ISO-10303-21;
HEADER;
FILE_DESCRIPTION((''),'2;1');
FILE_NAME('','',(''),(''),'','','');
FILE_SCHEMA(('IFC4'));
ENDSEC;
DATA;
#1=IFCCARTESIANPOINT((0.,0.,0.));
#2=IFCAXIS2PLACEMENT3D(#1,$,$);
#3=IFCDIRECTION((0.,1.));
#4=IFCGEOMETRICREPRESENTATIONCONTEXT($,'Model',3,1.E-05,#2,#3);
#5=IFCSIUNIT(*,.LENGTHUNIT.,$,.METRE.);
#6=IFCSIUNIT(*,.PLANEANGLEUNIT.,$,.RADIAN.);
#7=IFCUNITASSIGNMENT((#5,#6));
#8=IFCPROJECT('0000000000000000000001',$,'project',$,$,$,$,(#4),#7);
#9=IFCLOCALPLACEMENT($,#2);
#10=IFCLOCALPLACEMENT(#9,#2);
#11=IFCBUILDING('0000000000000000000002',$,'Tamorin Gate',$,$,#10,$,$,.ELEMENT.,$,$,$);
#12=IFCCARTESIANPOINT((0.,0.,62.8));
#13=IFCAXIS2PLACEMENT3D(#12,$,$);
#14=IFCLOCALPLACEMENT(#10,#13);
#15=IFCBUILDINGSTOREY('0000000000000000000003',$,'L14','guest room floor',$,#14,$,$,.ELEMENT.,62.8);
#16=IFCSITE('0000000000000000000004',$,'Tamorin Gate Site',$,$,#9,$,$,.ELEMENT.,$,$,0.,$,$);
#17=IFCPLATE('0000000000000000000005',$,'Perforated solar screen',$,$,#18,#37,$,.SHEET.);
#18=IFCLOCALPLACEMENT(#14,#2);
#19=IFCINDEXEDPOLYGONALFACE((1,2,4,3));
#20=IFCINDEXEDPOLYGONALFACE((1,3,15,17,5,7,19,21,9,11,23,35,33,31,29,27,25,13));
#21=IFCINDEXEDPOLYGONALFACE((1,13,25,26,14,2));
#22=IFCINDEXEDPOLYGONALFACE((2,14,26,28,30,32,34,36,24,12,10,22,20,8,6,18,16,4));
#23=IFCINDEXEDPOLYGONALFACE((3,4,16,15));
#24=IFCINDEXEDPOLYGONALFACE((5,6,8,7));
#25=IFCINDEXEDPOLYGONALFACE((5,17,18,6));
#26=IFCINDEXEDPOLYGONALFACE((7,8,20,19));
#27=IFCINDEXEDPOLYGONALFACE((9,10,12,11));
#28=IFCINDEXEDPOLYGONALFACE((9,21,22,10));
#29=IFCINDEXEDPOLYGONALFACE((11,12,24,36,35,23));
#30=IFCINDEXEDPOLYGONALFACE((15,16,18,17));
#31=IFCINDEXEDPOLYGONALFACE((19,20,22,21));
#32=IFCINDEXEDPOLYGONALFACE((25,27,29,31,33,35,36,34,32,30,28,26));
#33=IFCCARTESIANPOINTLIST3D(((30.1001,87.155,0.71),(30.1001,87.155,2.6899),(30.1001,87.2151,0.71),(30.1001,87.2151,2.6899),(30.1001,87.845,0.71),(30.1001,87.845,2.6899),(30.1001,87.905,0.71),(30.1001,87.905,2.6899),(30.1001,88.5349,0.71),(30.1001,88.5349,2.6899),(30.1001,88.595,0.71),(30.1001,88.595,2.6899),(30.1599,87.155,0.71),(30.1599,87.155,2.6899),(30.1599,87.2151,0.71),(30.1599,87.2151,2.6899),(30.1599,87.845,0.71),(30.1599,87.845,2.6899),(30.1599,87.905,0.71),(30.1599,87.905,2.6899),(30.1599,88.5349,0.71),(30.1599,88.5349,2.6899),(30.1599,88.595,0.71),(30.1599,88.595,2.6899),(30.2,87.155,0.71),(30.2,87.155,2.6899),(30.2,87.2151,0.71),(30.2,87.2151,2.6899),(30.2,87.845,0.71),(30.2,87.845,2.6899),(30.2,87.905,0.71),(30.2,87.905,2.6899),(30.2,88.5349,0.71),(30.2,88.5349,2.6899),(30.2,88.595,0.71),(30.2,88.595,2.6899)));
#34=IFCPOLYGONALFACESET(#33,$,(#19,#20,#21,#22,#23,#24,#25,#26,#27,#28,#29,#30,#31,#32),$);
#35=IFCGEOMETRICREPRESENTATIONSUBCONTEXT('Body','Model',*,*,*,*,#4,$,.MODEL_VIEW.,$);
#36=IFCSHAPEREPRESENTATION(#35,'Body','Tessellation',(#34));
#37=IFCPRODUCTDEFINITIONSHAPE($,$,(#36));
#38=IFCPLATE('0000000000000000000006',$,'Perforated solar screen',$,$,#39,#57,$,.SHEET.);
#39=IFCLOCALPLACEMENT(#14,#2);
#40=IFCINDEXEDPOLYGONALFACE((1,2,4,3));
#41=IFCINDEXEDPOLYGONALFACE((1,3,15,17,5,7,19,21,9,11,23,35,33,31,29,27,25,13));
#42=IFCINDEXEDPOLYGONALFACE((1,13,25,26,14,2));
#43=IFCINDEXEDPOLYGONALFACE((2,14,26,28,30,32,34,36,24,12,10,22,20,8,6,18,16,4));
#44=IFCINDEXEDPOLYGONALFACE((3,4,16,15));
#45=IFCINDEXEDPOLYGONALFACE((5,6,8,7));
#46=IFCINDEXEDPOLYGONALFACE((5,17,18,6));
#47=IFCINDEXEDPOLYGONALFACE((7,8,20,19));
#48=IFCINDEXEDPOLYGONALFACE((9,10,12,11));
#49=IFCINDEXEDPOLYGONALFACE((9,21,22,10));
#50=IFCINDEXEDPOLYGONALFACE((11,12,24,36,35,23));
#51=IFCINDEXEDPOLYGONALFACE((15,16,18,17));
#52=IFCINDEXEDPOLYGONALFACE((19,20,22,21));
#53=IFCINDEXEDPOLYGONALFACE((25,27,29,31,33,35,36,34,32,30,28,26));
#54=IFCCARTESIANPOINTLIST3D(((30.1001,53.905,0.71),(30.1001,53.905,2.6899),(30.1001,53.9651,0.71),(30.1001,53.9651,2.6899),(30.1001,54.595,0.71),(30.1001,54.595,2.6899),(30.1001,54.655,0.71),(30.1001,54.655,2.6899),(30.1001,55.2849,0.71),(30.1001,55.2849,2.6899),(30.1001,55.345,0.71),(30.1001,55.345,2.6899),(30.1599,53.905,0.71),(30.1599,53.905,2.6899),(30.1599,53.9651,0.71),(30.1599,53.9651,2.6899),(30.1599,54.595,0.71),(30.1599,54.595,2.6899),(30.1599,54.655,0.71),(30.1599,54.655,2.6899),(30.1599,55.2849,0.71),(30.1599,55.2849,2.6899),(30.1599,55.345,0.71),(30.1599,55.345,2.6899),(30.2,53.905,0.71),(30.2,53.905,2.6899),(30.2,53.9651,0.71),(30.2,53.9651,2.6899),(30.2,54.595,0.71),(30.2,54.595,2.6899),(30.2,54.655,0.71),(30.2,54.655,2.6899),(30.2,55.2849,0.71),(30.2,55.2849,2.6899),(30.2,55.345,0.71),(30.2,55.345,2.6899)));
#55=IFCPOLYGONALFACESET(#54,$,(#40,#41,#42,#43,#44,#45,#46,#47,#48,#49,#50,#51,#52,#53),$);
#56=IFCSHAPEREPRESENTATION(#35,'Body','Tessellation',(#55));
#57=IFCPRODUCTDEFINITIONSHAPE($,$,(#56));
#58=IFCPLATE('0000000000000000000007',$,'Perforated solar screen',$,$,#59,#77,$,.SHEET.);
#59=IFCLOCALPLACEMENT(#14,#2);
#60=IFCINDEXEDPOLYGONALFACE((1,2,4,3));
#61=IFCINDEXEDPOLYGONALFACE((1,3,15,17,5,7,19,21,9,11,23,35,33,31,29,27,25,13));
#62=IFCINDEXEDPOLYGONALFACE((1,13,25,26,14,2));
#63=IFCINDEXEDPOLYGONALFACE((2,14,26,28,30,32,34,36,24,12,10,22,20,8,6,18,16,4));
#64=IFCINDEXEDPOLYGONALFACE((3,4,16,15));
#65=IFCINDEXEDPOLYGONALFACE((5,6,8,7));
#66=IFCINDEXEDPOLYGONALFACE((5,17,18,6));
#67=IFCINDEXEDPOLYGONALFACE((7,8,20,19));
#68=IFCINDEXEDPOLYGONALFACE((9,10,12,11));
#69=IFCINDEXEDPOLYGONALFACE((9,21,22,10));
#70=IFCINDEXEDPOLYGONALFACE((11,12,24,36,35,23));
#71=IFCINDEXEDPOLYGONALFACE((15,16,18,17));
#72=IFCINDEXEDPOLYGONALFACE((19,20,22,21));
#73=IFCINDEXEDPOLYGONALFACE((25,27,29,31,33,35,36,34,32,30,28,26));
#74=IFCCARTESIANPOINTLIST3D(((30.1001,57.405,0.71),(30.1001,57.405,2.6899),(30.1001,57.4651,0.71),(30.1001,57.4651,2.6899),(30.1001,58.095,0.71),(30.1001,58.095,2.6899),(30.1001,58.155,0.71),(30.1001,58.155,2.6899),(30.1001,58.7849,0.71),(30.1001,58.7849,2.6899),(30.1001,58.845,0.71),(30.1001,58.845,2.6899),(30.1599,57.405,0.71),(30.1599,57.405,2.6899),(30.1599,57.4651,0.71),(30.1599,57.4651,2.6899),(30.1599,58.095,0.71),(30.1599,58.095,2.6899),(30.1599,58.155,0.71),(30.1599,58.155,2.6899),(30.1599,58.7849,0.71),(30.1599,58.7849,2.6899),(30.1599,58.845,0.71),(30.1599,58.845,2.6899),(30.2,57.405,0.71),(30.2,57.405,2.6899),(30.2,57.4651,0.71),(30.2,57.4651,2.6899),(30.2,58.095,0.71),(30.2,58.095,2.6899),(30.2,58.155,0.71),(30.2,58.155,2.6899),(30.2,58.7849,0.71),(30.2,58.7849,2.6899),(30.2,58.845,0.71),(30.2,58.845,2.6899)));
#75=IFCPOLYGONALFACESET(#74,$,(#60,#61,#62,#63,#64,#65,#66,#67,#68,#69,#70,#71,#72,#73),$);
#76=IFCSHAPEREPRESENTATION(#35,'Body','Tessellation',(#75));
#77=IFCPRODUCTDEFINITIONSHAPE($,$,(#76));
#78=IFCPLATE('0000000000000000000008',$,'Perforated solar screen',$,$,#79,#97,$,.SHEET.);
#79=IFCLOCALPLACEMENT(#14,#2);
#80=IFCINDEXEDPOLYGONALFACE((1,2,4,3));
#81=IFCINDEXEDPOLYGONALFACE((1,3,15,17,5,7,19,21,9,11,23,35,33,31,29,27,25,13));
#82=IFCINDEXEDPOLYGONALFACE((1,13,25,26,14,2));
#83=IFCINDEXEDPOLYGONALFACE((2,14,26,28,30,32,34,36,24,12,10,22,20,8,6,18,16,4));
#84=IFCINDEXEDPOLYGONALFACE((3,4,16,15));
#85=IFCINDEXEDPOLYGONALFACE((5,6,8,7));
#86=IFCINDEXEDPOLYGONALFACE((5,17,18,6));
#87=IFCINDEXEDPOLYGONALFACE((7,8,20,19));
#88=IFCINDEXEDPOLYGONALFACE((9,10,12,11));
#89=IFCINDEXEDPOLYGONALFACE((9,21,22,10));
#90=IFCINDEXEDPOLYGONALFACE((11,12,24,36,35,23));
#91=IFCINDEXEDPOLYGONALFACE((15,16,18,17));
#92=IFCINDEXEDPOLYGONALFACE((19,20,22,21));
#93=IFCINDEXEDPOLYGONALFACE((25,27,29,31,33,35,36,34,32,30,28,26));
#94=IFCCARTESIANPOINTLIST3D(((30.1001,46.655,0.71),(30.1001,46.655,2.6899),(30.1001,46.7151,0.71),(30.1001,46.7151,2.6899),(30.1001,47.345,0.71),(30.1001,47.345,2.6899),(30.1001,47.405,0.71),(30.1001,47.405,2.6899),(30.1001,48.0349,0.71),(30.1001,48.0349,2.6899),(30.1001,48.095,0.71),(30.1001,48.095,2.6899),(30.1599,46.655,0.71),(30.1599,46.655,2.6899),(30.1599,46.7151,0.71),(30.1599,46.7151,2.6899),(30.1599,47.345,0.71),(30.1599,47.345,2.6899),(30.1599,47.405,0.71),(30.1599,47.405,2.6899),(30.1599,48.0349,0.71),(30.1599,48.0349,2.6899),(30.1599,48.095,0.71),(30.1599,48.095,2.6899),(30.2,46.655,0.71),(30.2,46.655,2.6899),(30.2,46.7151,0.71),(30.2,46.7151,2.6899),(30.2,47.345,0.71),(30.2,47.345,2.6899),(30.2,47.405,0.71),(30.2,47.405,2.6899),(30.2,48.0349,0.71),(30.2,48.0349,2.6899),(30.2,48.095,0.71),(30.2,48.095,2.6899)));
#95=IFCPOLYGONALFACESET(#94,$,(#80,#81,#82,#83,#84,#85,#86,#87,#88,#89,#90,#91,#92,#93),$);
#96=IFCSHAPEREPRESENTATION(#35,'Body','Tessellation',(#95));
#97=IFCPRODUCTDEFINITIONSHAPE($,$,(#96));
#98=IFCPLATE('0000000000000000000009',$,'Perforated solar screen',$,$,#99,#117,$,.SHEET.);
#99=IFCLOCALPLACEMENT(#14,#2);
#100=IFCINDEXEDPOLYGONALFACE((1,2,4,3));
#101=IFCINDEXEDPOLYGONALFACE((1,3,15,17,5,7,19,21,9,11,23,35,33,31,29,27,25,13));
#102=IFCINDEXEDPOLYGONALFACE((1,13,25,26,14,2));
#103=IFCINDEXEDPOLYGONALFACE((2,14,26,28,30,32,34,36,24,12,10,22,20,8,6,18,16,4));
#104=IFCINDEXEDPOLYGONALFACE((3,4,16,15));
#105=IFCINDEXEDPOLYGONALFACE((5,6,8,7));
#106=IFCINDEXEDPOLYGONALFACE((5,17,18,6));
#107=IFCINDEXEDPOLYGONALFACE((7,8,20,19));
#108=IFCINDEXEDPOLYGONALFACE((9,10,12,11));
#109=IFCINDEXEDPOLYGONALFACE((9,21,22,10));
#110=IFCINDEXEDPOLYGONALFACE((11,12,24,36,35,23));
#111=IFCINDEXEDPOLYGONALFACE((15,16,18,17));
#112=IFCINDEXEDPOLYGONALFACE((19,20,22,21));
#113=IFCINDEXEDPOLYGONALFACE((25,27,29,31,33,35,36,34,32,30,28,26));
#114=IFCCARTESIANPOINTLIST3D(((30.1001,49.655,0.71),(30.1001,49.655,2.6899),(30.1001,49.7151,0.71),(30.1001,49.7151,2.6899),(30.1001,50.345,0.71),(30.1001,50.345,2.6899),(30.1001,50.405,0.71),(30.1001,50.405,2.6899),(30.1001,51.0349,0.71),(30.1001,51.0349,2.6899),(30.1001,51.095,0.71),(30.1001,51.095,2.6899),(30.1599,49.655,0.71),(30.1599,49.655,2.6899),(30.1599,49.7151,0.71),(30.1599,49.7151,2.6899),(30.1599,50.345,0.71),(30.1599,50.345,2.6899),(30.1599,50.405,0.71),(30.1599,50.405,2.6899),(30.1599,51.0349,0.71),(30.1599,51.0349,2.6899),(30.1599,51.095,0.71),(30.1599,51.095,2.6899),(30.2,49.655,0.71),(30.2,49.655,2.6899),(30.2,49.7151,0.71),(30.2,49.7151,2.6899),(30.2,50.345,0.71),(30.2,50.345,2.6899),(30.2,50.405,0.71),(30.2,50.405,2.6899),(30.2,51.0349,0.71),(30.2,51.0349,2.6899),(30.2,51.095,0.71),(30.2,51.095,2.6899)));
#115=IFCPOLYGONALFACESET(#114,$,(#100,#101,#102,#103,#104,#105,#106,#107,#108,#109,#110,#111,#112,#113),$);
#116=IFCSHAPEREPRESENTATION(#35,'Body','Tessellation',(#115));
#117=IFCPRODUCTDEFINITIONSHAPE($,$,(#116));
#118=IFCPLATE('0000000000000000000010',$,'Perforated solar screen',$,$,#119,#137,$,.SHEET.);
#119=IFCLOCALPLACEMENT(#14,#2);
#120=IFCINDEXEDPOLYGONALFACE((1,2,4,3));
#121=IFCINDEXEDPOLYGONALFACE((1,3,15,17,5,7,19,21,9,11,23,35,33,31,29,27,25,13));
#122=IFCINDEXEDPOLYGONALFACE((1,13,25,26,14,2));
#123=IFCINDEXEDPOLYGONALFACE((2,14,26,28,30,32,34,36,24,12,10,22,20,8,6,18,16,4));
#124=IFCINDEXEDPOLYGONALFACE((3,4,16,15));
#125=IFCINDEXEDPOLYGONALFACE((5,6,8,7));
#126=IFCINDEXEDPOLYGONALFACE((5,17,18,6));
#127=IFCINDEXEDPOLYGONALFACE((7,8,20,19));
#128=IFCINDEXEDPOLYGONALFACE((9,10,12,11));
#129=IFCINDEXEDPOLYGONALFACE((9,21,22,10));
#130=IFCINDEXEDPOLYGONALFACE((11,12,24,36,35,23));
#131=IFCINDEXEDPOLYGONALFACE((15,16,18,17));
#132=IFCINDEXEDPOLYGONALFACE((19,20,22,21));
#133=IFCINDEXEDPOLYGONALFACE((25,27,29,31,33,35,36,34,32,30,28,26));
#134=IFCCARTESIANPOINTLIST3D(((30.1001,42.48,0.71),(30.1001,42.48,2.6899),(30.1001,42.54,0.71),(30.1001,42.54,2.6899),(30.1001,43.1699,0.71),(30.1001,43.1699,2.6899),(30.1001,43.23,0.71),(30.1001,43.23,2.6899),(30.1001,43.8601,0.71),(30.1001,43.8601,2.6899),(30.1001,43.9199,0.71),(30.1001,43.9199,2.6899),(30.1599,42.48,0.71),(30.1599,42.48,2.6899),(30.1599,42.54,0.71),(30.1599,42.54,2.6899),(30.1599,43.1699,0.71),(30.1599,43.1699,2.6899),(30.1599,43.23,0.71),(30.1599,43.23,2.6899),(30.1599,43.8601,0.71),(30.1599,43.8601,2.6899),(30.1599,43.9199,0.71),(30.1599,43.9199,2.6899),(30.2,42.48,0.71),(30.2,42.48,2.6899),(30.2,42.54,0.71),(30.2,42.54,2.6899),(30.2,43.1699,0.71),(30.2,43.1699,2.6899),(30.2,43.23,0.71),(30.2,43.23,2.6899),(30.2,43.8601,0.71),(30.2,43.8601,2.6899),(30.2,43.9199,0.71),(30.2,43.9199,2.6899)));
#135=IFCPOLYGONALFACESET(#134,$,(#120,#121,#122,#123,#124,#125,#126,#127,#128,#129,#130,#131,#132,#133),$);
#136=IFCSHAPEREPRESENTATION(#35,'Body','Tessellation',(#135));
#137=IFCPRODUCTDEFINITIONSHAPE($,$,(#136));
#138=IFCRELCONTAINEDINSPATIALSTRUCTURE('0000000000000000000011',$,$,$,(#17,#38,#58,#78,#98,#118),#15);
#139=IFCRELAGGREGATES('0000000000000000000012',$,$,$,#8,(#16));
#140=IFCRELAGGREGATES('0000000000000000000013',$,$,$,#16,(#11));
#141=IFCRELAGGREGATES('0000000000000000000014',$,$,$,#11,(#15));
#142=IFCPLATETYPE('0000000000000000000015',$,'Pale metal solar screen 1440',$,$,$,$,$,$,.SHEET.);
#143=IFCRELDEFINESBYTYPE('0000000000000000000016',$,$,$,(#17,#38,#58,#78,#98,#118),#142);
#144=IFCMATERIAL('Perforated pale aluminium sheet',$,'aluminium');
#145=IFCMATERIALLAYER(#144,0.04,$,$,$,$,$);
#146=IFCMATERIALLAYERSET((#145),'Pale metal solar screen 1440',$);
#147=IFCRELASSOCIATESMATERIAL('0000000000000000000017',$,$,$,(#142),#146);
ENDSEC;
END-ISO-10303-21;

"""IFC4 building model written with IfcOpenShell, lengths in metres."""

from ifc_helpers import new_model, si_unit, direction, frame, origin, place, context, subcontext, project, spatial, polyline, outline, extrude, material, layer, layer_set, type_object, element, save


model = new_model("IFC4")

# Units and contexts
model_context = context("Model", 3, precision=1e-05, world=origin(), true_north=direction((0.0, 1.0)))
body_context = subcontext(model_context, "Body", "Model", "MODEL_VIEW")
ifc_project = project(units=[si_unit("LENGTHUNIT", "METRE"), si_unit("PLANEANGLEUNIT", "RADIAN")], contexts=[model_context])

# Site, building, storey
site_placement = place(None, origin())
site = spatial("IfcSite", under=ifc_project, at=site_placement, Name="Tamorin Gate Site", CompositionType="ELEMENT", RefElevation=0.0)
building_placement = place(site_placement, origin())
building = spatial("IfcBuilding", under=site, at=building_placement, Name="Tamorin Gate", CompositionType="ELEMENT")
storey_placement = place(building_placement, frame((0.0, 0.0, 62.8)))
storey = spatial("IfcBuildingStorey", under=building, at=storey_placement, Name="L14", Description="guest room floor", CompositionType="ELEMENT", Elevation=62.8)

# Plates
ifc_material_1 = material(Name="Perforated pale aluminium sheet", Category="aluminium")
ifc_layer_1 = layer(ifc_material_1, 0.04)
ifc_layer_set_1 = layer_set([ifc_layer_1], Name="Pale metal solar screen 1440")
plate_type = type_object("IfcPlateType", Name="Pale metal solar screen 1440", PredefinedType="SHEET", material=ifc_layer_set_1)
plate_1_placement = place(storey_placement, frame((0.0, 0.0, 0.71)))
element("IfcPlate", 1, at=plate_1_placement, inside=storey, type_object=plate_type, Name="Perforated solar screen", PredefinedType="SHEET", context=body_context, shape_type="SweptSolid", body=[
    extrude(outline(polyline([(30.1599, 88.595), (30.2, 88.595), (30.2, 88.5349), (30.2, 87.905), (30.2, 87.845), (30.2, 87.2151), (30.2, 87.155), (30.1599, 87.155), (30.1001, 87.155), (30.1001, 87.2151), (30.1599, 87.2151), (30.1599, 87.845), (30.1001, 87.845), (30.1001, 87.905), (30.1599, 87.905), (30.1599, 88.5349), (30.1001, 88.5349), (30.1001, 88.595), (30.1599, 88.595)])), origin(), (0.0, 0.0, 1.0), 1.98),
])
plate_2_placement = place(storey_placement, frame((0.0, 0.0, 0.71)))
element("IfcPlate", 2, at=plate_2_placement, inside=storey, type_object=plate_type, Name="Perforated solar screen", PredefinedType="SHEET", context=body_context, shape_type="SweptSolid", body=[
    extrude(outline(polyline([(30.1599, 55.345), (30.2, 55.345), (30.2, 55.2849), (30.2, 54.655), (30.2, 54.595), (30.2, 53.9651), (30.2, 53.905), (30.1599, 53.905), (30.1001, 53.905), (30.1001, 53.9651), (30.1599, 53.9651), (30.1599, 54.595), (30.1001, 54.595), (30.1001, 54.655), (30.1599, 54.655), (30.1599, 55.2849), (30.1001, 55.2849), (30.1001, 55.345), (30.1599, 55.345)])), origin(), (0.0, 0.0, 1.0), 1.98),
])
plate_3_placement = place(storey_placement, frame((0.0, 0.0, 0.71)))
element("IfcPlate", 3, at=plate_3_placement, inside=storey, type_object=plate_type, Name="Perforated solar screen", PredefinedType="SHEET", context=body_context, shape_type="SweptSolid", body=[
    extrude(outline(polyline([(30.1599, 58.845), (30.2, 58.845), (30.2, 58.7849), (30.2, 58.155), (30.2, 58.095), (30.2, 57.4651), (30.2, 57.405), (30.1599, 57.405), (30.1001, 57.405), (30.1001, 57.4651), (30.1599, 57.4651), (30.1599, 58.095), (30.1001, 58.095), (30.1001, 58.155), (30.1599, 58.155), (30.1599, 58.7849), (30.1001, 58.7849), (30.1001, 58.845), (30.1599, 58.845)])), origin(), (0.0, 0.0, 1.0), 1.98),
])
plate_4_placement = place(storey_placement, frame((0.0, 0.0, 0.71)))
element("IfcPlate", 4, at=plate_4_placement, inside=storey, type_object=plate_type, Name="Perforated solar screen", PredefinedType="SHEET", context=body_context, shape_type="SweptSolid", body=[
    extrude(outline(polyline([(30.1599, 48.095), (30.2, 48.095), (30.2, 48.0349), (30.2, 47.405), (30.2, 47.345), (30.2, 46.7151), (30.2, 46.655), (30.1599, 46.655), (30.1001, 46.655), (30.1001, 46.7151), (30.1599, 46.7151), (30.1599, 47.345), (30.1001, 47.345), (30.1001, 47.405), (30.1599, 47.405), (30.1599, 48.0349), (30.1001, 48.0349), (30.1001, 48.095), (30.1599, 48.095)])), origin(), (0.0, 0.0, 1.0), 1.98),
])
plate_5_placement = place(storey_placement, frame((0.0, 0.0, 0.71)))
element("IfcPlate", 5, at=plate_5_placement, inside=storey, type_object=plate_type, Name="Perforated solar screen", PredefinedType="SHEET", context=body_context, shape_type="SweptSolid", body=[
    extrude(outline(polyline([(30.1599, 51.095), (30.2, 51.095), (30.2, 51.0349), (30.2, 50.405), (30.2, 50.345), (30.2, 49.7151), (30.2, 49.655), (30.1599, 49.655), (30.1001, 49.655), (30.1001, 49.7151), (30.1599, 49.7151), (30.1599, 50.345), (30.1001, 50.345), (30.1001, 50.405), (30.1599, 50.405), (30.1599, 51.0349), (30.1001, 51.0349), (30.1001, 51.095), (30.1599, 51.095)])), origin(), (0.0, 0.0, 1.0), 1.98),
])
plate_6_placement = place(storey_placement, frame((0.0, 0.0, 0.71)))
element("IfcPlate", 6, at=plate_6_placement, inside=storey, type_object=plate_type, Name="Perforated solar screen", PredefinedType="SHEET", context=body_context, shape_type="SweptSolid", body=[
    extrude(outline(polyline([(30.1599, 43.9199), (30.2, 43.9199), (30.2, 43.8601), (30.2, 43.23), (30.2, 43.1699), (30.2, 42.54), (30.2, 42.48), (30.1599, 42.48), (30.1001, 42.48), (30.1001, 42.54), (30.1599, 42.54), (30.1599, 43.1699), (30.1001, 43.1699), (30.1001, 43.23), (30.1599, 43.23), (30.1599, 43.8601), (30.1001, 43.8601), (30.1001, 43.9199), (30.1599, 43.9199)])), origin(), (0.0, 0.0, 1.0), 1.98),
])

save(model, "model.ifc")
